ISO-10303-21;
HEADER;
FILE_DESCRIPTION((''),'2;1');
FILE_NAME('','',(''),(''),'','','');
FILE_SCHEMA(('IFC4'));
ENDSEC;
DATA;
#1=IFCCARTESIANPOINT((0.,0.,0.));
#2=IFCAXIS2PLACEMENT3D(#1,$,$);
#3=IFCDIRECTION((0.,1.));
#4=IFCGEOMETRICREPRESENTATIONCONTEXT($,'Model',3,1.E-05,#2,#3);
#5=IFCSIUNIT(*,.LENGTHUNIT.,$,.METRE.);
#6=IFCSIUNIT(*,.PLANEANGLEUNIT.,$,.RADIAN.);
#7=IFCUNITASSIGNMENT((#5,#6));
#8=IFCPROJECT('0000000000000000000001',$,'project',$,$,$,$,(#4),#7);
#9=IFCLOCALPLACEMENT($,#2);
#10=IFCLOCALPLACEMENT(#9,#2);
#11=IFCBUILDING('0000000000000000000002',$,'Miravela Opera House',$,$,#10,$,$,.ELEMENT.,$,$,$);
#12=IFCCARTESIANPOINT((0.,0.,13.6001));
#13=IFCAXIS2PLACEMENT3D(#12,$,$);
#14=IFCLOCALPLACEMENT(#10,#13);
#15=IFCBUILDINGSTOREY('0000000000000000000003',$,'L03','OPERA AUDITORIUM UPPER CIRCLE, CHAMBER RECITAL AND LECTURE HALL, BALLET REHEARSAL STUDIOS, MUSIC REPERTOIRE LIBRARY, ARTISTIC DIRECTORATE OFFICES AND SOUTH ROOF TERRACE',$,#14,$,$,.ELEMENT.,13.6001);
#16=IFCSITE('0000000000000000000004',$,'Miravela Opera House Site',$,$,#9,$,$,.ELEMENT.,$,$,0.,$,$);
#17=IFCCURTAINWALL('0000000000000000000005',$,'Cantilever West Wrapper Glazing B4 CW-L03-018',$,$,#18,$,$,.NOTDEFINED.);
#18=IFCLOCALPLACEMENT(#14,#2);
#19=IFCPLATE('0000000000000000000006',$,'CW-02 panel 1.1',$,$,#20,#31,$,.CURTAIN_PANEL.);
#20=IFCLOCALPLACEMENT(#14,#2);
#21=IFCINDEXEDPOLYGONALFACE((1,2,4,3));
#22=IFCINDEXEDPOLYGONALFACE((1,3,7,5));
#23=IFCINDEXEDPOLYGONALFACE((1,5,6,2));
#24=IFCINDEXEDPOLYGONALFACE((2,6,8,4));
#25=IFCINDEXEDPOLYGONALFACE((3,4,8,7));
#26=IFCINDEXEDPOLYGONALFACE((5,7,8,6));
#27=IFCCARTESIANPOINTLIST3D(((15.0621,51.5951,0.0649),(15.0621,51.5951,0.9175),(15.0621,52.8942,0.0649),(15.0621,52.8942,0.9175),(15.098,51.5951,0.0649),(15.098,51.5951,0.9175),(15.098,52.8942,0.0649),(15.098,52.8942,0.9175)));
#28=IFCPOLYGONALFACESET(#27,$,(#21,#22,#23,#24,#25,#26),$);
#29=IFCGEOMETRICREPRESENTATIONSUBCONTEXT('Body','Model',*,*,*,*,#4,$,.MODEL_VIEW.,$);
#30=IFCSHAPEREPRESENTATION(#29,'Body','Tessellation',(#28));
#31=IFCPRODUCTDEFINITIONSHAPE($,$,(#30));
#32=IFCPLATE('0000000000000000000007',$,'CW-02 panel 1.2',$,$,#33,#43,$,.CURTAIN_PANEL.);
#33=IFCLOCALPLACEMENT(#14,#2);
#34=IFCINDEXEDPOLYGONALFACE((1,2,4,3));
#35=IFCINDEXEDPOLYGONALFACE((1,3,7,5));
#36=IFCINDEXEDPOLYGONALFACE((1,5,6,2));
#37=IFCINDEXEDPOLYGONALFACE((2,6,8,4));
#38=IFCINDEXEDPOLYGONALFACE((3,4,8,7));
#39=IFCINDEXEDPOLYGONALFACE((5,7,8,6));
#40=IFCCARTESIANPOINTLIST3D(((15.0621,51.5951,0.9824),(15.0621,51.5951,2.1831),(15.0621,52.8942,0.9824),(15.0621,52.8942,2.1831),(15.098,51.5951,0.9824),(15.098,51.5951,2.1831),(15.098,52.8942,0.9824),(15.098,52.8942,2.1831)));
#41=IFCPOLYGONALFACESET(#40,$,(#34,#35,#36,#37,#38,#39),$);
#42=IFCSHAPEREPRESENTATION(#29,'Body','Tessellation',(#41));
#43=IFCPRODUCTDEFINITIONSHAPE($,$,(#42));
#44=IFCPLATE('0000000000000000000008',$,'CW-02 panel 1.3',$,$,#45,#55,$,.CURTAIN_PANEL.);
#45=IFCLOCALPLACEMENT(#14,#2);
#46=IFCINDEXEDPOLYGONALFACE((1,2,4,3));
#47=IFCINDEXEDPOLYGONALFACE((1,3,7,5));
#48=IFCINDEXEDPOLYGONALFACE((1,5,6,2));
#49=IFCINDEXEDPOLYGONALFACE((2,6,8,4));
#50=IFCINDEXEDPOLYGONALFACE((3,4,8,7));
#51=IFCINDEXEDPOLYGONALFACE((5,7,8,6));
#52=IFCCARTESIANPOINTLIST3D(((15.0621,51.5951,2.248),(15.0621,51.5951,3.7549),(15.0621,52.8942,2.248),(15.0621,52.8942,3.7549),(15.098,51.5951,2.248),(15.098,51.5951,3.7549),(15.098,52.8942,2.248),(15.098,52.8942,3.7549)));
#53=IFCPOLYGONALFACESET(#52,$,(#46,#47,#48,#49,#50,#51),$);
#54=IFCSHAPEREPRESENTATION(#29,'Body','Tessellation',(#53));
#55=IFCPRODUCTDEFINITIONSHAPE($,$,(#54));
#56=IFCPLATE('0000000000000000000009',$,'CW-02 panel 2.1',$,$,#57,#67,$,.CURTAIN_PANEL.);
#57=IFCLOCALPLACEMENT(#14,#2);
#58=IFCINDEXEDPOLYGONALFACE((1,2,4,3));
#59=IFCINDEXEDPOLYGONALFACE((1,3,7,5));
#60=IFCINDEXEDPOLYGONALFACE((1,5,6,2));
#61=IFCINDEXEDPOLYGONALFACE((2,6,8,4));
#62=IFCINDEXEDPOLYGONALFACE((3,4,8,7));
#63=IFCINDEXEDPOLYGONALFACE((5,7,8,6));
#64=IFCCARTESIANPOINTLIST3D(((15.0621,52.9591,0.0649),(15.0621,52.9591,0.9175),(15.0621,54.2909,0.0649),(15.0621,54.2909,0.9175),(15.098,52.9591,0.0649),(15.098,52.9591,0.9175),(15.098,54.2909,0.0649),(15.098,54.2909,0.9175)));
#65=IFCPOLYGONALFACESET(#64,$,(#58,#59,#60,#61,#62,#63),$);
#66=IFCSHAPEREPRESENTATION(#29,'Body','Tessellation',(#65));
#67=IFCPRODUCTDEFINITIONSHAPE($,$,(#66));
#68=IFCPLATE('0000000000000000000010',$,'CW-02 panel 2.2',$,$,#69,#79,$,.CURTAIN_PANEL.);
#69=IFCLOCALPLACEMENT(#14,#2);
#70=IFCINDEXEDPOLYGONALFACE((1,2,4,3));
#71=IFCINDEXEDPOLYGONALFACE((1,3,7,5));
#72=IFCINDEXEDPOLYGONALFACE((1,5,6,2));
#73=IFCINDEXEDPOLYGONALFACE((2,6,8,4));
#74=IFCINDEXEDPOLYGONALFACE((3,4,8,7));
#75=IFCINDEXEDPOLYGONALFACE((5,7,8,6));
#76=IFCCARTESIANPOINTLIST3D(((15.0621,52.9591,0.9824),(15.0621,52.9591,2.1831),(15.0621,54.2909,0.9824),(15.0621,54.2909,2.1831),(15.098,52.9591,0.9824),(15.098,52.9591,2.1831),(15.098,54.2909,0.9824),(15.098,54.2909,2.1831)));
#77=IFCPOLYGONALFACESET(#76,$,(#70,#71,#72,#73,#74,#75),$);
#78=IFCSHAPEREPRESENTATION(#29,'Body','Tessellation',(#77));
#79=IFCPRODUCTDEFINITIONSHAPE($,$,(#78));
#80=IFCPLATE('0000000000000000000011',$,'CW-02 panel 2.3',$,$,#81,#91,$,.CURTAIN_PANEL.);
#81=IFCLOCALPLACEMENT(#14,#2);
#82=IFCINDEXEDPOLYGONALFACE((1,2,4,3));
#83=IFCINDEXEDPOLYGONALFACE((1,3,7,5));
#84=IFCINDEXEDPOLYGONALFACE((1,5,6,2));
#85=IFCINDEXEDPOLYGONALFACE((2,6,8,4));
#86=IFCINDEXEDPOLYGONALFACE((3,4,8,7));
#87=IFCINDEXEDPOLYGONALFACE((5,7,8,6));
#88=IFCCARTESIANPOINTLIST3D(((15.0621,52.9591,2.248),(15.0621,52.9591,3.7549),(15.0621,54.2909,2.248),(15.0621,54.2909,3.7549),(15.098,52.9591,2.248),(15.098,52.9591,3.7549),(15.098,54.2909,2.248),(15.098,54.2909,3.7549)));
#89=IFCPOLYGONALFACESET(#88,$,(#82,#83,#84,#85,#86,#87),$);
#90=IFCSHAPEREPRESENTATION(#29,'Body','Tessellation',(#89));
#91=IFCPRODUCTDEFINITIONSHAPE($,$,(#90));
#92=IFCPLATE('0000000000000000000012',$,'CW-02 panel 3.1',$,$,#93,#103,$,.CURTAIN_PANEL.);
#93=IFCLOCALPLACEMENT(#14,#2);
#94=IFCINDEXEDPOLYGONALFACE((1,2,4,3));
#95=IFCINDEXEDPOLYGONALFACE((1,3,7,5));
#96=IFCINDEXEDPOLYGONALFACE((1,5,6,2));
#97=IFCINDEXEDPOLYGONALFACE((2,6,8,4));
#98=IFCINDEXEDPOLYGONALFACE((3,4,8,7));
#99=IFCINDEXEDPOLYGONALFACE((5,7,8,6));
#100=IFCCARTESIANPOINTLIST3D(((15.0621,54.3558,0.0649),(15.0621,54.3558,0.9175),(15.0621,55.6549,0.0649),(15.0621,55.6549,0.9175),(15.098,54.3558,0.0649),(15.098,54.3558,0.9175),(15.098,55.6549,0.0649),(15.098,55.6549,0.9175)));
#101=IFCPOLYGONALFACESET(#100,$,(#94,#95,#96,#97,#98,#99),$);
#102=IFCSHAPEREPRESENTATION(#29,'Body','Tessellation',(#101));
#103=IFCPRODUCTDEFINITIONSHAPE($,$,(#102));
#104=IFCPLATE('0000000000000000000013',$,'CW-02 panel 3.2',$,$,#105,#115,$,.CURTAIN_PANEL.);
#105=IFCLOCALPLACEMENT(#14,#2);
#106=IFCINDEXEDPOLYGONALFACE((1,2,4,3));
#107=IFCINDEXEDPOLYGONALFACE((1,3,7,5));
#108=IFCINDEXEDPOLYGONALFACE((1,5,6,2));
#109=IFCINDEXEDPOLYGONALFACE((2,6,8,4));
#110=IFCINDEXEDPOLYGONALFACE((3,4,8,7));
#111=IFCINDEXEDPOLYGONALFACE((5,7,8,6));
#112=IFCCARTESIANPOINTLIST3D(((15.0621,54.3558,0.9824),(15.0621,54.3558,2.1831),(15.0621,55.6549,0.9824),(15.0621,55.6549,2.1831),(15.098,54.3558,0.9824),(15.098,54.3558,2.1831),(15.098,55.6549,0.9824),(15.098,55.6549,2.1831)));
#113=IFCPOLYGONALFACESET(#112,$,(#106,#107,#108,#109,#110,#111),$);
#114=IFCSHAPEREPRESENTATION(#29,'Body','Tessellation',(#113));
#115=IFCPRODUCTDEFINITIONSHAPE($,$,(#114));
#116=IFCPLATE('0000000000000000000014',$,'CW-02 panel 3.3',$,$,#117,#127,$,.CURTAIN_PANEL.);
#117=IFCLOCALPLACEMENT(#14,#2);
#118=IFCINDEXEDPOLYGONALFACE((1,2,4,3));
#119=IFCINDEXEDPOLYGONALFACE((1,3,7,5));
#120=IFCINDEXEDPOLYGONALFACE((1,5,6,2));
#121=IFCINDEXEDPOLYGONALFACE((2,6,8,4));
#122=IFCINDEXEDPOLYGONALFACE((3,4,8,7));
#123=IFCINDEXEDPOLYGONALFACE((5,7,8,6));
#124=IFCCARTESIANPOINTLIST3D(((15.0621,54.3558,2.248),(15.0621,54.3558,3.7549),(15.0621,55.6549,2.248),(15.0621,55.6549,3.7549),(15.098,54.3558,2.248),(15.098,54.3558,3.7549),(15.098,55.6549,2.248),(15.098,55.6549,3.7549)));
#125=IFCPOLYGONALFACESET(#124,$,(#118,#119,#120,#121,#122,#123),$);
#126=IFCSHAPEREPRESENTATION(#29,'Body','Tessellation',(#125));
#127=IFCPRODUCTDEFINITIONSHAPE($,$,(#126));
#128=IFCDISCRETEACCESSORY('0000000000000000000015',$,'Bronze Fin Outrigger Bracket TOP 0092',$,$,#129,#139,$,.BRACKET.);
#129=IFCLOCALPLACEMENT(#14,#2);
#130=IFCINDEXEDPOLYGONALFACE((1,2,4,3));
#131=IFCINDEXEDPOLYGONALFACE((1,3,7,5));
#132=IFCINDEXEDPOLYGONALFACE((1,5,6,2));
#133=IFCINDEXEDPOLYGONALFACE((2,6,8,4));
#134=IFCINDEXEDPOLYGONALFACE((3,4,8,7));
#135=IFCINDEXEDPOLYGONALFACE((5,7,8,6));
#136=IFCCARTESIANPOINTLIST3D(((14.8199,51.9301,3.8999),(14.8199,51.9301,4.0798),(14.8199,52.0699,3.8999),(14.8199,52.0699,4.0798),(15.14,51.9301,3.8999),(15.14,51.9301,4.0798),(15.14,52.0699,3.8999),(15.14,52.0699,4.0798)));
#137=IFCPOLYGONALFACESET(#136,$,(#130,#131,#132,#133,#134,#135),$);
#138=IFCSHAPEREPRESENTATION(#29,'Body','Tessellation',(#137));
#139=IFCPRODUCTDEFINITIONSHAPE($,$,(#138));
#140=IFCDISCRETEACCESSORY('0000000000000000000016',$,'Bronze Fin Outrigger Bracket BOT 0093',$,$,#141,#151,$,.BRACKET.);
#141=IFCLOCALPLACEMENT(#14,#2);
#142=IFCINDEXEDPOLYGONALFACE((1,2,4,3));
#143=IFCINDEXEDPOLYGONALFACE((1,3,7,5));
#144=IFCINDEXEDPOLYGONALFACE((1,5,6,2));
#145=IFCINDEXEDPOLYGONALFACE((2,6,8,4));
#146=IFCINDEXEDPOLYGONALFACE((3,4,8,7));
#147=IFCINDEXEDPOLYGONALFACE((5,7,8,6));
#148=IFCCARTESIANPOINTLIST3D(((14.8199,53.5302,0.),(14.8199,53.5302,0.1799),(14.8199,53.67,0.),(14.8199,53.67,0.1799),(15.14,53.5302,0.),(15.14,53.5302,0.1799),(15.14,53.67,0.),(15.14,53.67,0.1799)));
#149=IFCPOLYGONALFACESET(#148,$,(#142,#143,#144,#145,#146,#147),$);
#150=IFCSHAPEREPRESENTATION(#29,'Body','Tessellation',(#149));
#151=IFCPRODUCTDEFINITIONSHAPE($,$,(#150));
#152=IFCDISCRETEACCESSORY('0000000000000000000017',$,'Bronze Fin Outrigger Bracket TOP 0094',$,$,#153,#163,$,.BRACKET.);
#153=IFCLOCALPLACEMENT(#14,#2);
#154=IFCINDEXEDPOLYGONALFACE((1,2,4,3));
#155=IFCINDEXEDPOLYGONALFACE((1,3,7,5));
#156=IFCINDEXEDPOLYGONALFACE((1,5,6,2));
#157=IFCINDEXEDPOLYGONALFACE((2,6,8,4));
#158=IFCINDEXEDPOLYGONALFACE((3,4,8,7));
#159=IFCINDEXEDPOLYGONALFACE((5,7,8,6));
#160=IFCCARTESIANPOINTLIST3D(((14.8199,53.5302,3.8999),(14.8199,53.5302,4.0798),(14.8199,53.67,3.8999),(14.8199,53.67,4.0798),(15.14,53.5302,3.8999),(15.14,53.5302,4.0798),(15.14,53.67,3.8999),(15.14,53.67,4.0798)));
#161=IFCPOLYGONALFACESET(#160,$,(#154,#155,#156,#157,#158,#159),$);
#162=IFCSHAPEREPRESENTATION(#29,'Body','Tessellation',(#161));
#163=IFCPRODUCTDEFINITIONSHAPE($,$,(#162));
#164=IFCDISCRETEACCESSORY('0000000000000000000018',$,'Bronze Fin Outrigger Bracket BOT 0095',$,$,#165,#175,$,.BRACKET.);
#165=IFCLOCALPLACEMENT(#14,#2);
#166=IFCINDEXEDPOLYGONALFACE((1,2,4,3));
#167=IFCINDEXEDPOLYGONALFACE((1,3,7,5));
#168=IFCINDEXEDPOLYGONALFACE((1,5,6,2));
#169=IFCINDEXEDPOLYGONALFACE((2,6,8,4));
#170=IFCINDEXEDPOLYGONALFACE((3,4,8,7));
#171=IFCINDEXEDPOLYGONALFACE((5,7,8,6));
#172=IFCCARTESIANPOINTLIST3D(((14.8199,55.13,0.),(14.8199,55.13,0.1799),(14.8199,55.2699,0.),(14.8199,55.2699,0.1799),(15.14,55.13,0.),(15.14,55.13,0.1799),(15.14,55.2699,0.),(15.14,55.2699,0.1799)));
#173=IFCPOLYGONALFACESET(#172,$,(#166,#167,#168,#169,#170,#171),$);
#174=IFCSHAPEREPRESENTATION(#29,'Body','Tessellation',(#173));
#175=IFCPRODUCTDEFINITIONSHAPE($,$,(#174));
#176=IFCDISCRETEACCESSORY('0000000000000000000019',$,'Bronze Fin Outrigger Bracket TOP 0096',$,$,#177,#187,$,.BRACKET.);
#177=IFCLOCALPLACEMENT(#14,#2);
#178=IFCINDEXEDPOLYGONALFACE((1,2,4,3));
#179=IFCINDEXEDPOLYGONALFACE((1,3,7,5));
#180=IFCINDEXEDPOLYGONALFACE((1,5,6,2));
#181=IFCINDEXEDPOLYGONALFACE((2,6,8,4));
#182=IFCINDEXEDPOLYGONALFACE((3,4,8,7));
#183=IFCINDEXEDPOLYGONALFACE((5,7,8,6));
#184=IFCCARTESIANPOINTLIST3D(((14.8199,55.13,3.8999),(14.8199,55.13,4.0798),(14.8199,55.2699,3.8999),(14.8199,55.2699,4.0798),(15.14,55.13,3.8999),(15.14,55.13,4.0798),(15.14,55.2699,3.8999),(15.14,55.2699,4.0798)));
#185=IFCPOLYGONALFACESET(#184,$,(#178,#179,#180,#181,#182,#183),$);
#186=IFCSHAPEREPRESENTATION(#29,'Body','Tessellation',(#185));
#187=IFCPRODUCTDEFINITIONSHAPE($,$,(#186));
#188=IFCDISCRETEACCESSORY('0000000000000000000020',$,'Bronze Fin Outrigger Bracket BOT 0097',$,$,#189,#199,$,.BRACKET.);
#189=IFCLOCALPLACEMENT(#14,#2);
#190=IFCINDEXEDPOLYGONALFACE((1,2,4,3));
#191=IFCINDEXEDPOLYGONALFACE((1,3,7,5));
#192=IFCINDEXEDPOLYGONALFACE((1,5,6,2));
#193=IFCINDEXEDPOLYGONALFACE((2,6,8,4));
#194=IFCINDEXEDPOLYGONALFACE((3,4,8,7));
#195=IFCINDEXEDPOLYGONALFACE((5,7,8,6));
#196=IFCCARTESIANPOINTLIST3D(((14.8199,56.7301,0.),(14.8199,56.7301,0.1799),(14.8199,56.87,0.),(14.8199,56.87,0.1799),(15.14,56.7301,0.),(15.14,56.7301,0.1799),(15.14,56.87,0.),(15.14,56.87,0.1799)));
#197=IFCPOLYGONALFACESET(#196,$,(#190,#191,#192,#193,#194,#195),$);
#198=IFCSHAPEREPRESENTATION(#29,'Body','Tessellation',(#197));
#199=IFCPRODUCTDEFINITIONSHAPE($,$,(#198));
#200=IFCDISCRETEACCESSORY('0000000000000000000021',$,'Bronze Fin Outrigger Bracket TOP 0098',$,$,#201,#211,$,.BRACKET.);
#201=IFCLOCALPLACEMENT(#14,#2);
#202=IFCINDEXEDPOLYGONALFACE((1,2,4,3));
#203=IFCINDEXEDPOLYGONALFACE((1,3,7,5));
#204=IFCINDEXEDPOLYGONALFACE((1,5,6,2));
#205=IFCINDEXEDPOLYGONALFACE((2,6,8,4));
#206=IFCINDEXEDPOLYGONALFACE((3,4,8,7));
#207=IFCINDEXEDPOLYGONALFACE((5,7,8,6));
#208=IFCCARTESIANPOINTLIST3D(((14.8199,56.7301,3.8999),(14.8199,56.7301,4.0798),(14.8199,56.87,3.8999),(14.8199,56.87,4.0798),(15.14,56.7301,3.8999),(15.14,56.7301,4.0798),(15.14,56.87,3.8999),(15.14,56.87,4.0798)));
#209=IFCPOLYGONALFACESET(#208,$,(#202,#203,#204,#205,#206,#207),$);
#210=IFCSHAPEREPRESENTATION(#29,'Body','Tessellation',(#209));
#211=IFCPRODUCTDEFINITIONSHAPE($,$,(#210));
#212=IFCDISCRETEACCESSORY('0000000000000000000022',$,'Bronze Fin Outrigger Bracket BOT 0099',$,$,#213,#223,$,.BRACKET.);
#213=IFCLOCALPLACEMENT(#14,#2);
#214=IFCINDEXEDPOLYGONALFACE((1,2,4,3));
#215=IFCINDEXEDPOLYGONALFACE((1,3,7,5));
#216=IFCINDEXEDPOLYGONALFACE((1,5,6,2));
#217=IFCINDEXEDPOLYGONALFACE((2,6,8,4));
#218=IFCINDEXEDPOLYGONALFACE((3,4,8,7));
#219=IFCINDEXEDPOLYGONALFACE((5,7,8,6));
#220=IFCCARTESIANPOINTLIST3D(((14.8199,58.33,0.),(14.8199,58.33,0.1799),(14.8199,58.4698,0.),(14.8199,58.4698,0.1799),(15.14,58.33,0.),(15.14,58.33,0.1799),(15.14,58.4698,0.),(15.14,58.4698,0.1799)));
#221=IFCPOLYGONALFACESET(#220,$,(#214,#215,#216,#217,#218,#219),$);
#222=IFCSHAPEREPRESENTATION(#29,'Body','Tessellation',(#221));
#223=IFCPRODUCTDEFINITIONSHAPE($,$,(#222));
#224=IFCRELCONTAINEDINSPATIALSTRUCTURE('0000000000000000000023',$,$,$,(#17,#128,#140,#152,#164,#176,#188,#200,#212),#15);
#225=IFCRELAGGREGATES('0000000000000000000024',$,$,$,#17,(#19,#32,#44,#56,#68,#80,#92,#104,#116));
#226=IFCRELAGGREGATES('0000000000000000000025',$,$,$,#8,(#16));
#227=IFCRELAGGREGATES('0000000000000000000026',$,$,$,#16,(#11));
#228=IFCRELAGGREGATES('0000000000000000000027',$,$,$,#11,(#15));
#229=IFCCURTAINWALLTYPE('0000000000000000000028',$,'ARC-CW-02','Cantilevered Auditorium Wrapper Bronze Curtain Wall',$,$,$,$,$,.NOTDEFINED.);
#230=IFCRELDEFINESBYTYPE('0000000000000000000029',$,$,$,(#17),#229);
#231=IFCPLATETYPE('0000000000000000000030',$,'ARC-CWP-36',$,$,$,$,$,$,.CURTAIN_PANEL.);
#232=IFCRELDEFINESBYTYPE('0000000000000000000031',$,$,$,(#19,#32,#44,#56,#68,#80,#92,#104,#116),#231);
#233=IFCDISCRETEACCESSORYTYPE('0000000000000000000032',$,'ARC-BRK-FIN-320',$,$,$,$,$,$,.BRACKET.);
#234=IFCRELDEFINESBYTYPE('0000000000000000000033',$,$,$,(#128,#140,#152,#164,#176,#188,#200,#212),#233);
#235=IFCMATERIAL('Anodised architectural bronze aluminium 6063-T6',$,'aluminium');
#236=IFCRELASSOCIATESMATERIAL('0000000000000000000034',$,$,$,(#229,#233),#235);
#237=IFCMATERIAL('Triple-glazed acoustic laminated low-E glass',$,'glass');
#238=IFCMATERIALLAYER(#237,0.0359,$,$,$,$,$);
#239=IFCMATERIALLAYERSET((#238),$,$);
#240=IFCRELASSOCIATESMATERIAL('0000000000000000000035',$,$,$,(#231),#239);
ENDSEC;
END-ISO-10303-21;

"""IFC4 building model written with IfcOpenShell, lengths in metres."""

from ifc_helpers import new_model, si_unit, direction, frame, origin, origin_2d, place, context, subcontext, project, spatial, rectangle, extrude, material, layer, layer_set, type_object, element, aggregate, save


model = new_model("IFC4")

# Units and contexts
model_context = context("Model", 3, precision=1e-05, world=origin(), true_north=direction((0.0, 1.0)))
body_context = subcontext(model_context, "Body", "Model", "MODEL_VIEW")
ifc_project = project(units=[si_unit("LENGTHUNIT", "METRE"), si_unit("PLANEANGLEUNIT", "RADIAN")], contexts=[model_context])

# Site, building, storey
site_placement = place(None, origin())
site = spatial("IfcSite", under=ifc_project, at=site_placement, Name="Miravela Opera House Site", CompositionType="ELEMENT", RefElevation=0.0)
building_placement = place(site_placement, origin())
building = spatial("IfcBuilding", under=site, at=building_placement, Name="Miravela Opera House", CompositionType="ELEMENT")
storey_placement = place(building_placement, frame((0.0, 0.0, 13.6001)))
storey = spatial("IfcBuildingStorey", under=building, at=storey_placement, Name="L03", Description="OPERA AUDITORIUM UPPER CIRCLE, CHAMBER RECITAL AND LECTURE HALL, BALLET REHEARSAL STUDIOS, MUSIC REPERTOIRE LIBRARY, ARTISTIC DIRECTORATE OFFICES AND SOUTH ROOF TERRACE", CompositionType="ELEMENT", Elevation=13.6001)

# Curtain wall
ifc_material_1 = material(Name="Anodised architectural bronze aluminium 6063-T6", Category="aluminium")
curtain_wall_type = type_object("IfcCurtainWallType", Name="ARC-CW-02", Description="Cantilevered Auditorium Wrapper Bronze Curtain Wall", PredefinedType="NOTDEFINED", material=ifc_material_1)
curtain_wall_placement = place(storey_placement, origin())
curtain_wall = element("IfcCurtainWall", 1, at=curtain_wall_placement, inside=storey, type_object=curtain_wall_type, Name="Cantilever West Wrapper Glazing B4 CW-L03-018", PredefinedType="NOTDEFINED")

# Plates
ifc_material_2 = material(Name="Triple-glazed acoustic laminated low-E glass", Category="glass")
ifc_layer = layer(ifc_material_2, 0.0359)
ifc_layer_set = layer_set([ifc_layer])
plate_type = type_object("IfcPlateType", Name="ARC-CWP-36", PredefinedType="CURTAIN_PANEL", material=ifc_layer_set)
plate_1_placement = place(storey_placement, frame((15.0801, 52.2446, 0.0649), z_axis=(0.0, 0.0, 1.0), x_axis=(0.0, 1.0, 0.0)))
plate_1 = element("IfcPlate", 2, at=plate_1_placement, type_object=plate_type, Name="CW-02 panel 1.1", PredefinedType="CURTAIN_PANEL", context=body_context, shape_type="SweptSolid", body=[
    extrude(rectangle(XDim=1.2991, YDim=0.0359, at=origin_2d()), origin(), (0.0, 0.0, 1.0), 0.8525),
])
plate_2_placement = place(storey_placement, frame((15.0801, 52.2446, 0.9824), z_axis=(0.0, 0.0, 1.0), x_axis=(0.0, 1.0, 0.0)))
plate_2 = element("IfcPlate", 3, at=plate_2_placement, type_object=plate_type, Name="CW-02 panel 1.2", PredefinedType="CURTAIN_PANEL", context=body_context, shape_type="SweptSolid", body=[
    extrude(rectangle(XDim=1.2991, YDim=0.0359, at=origin_2d()), origin(), (0.0, 0.0, 1.0), 1.2007),
])
plate_3_placement = place(storey_placement, frame((15.0801, 52.2446, 2.248), z_axis=(0.0, 0.0, 1.0), x_axis=(0.0, 1.0, 0.0)))
plate_3 = element("IfcPlate", 4, at=plate_3_placement, type_object=plate_type, Name="CW-02 panel 1.3", PredefinedType="CURTAIN_PANEL", context=body_context, shape_type="SweptSolid", body=[
    extrude(rectangle(XDim=1.2991, YDim=0.0359, at=origin_2d()), origin(), (0.0, 0.0, 1.0), 1.5068),
])
plate_4_placement = place(storey_placement, frame((15.0801, 53.625, 0.0649), z_axis=(0.0, 0.0, 1.0), x_axis=(0.0, 1.0, 0.0)))
plate_4 = element("IfcPlate", 5, at=plate_4_placement, type_object=plate_type, Name="CW-02 panel 2.1", PredefinedType="CURTAIN_PANEL", context=body_context, shape_type="SweptSolid", body=[
    extrude(rectangle(XDim=1.3318, YDim=0.0359, at=origin_2d()), origin(), (0.0, 0.0, 1.0), 0.8525),
])
plate_5_placement = place(storey_placement, frame((15.0801, 53.625, 0.9824), z_axis=(0.0, 0.0, 1.0), x_axis=(0.0, 1.0, 0.0)))
plate_5 = element("IfcPlate", 6, at=plate_5_placement, type_object=plate_type, Name="CW-02 panel 2.2", PredefinedType="CURTAIN_PANEL", context=body_context, shape_type="SweptSolid", body=[
    extrude(rectangle(XDim=1.3318, YDim=0.0359, at=origin_2d()), origin(), (0.0, 0.0, 1.0), 1.2007),
])
plate_6_placement = place(storey_placement, frame((15.0801, 53.625, 2.248), z_axis=(0.0, 0.0, 1.0), x_axis=(0.0, 1.0, 0.0)))
plate_6 = element("IfcPlate", 7, at=plate_6_placement, type_object=plate_type, Name="CW-02 panel 2.3", PredefinedType="CURTAIN_PANEL", context=body_context, shape_type="SweptSolid", body=[
    extrude(rectangle(XDim=1.3318, YDim=0.0359, at=origin_2d()), origin(), (0.0, 0.0, 1.0), 1.5068),
])
plate_7_placement = place(storey_placement, frame((15.0801, 55.0054, 0.0649), z_axis=(0.0, 0.0, 1.0), x_axis=(0.0, 1.0, 0.0)))
plate_7 = element("IfcPlate", 8, at=plate_7_placement, type_object=plate_type, Name="CW-02 panel 3.1", PredefinedType="CURTAIN_PANEL", context=body_context, shape_type="SweptSolid", body=[
    extrude(rectangle(XDim=1.2991, YDim=0.0359, at=origin_2d()), origin(), (0.0, 0.0, 1.0), 0.8525),
])
plate_8_placement = place(storey_placement, frame((15.0801, 55.0054, 0.9824), z_axis=(0.0, 0.0, 1.0), x_axis=(0.0, 1.0, 0.0)))
plate_8 = element("IfcPlate", 9, at=plate_8_placement, type_object=plate_type, Name="CW-02 panel 3.2", PredefinedType="CURTAIN_PANEL", context=body_context, shape_type="SweptSolid", body=[
    extrude(rectangle(XDim=1.2991, YDim=0.0359, at=origin_2d()), origin(), (0.0, 0.0, 1.0), 1.2007),
])
plate_9_placement = place(storey_placement, frame((15.0801, 55.0054, 2.248), z_axis=(0.0, 0.0, 1.0), x_axis=(0.0, 1.0, 0.0)))
plate_9 = element("IfcPlate", 10, at=plate_9_placement, type_object=plate_type, Name="CW-02 panel 3.3", PredefinedType="CURTAIN_PANEL", context=body_context, shape_type="SweptSolid", body=[
    extrude(rectangle(XDim=1.2991, YDim=0.0359, at=origin_2d()), origin(), (0.0, 0.0, 1.0), 1.5068),
])
aggregate(curtain_wall, [plate_1, plate_2, plate_3, plate_4, plate_5, plate_6, plate_7, plate_8, plate_9])

# Discrete accessories
discrete_accessory_type = type_object("IfcDiscreteAccessoryType", Name="ARC-BRK-FIN-320", PredefinedType="BRACKET", material=ifc_material_1)
for number, where, z_axis, x_axis, name in (
    (11, (14.98, 52.0, 3.8999), (0.0, 0.0, 1.0), (1.0, 0.0, 0.0), "Bronze Fin Outrigger Bracket TOP 0092"),
    (12, (14.98, 53.6001, 0.0), (0.0, 0.0, 1.0), (1.0, 0.0, 0.0), "Bronze Fin Outrigger Bracket BOT 0093"),
    (13, (14.98, 53.6001, 3.8999), (0.0, 0.0, 1.0), (1.0, 0.0, 0.0), "Bronze Fin Outrigger Bracket TOP 0094"),
    (14, (14.98, 55.2, 0.0), (0.0, 0.0, 1.0), (1.0, 0.0, 0.0), "Bronze Fin Outrigger Bracket BOT 0095"),
    (15, (14.98, 55.2, 3.8999), (0.0, 0.0, 1.0), (1.0, 0.0, 0.0), "Bronze Fin Outrigger Bracket TOP 0096"),
    (16, (14.98, 56.8, 0.0), (0.0, 0.0, 1.0), (1.0, 0.0, 0.0), "Bronze Fin Outrigger Bracket BOT 0097"),
    (17, (14.98, 56.8, 3.8999), (0.0, 0.0, 1.0), (1.0, 0.0, 0.0), "Bronze Fin Outrigger Bracket TOP 0098"),
    (18, (14.98, 58.3999, 0.0), (0.0, 0.0, 1.0), (1.0, 0.0, 0.0), "Bronze Fin Outrigger Bracket BOT 0099"),
):
    element("IfcDiscreteAccessory", number, at=place(storey_placement, frame(where, z_axis=z_axis, x_axis=x_axis)), inside=storey, type_object=discrete_accessory_type, Name=name, PredefinedType="BRACKET", context=body_context, shape_type="SweptSolid", body=[
        extrude(rectangle(XDim=0.3201, YDim=0.1399, at=origin_2d()), origin(), (0.0, 0.0, 1.0), 0.1799),
    ])

save(model, "model.ifc")
